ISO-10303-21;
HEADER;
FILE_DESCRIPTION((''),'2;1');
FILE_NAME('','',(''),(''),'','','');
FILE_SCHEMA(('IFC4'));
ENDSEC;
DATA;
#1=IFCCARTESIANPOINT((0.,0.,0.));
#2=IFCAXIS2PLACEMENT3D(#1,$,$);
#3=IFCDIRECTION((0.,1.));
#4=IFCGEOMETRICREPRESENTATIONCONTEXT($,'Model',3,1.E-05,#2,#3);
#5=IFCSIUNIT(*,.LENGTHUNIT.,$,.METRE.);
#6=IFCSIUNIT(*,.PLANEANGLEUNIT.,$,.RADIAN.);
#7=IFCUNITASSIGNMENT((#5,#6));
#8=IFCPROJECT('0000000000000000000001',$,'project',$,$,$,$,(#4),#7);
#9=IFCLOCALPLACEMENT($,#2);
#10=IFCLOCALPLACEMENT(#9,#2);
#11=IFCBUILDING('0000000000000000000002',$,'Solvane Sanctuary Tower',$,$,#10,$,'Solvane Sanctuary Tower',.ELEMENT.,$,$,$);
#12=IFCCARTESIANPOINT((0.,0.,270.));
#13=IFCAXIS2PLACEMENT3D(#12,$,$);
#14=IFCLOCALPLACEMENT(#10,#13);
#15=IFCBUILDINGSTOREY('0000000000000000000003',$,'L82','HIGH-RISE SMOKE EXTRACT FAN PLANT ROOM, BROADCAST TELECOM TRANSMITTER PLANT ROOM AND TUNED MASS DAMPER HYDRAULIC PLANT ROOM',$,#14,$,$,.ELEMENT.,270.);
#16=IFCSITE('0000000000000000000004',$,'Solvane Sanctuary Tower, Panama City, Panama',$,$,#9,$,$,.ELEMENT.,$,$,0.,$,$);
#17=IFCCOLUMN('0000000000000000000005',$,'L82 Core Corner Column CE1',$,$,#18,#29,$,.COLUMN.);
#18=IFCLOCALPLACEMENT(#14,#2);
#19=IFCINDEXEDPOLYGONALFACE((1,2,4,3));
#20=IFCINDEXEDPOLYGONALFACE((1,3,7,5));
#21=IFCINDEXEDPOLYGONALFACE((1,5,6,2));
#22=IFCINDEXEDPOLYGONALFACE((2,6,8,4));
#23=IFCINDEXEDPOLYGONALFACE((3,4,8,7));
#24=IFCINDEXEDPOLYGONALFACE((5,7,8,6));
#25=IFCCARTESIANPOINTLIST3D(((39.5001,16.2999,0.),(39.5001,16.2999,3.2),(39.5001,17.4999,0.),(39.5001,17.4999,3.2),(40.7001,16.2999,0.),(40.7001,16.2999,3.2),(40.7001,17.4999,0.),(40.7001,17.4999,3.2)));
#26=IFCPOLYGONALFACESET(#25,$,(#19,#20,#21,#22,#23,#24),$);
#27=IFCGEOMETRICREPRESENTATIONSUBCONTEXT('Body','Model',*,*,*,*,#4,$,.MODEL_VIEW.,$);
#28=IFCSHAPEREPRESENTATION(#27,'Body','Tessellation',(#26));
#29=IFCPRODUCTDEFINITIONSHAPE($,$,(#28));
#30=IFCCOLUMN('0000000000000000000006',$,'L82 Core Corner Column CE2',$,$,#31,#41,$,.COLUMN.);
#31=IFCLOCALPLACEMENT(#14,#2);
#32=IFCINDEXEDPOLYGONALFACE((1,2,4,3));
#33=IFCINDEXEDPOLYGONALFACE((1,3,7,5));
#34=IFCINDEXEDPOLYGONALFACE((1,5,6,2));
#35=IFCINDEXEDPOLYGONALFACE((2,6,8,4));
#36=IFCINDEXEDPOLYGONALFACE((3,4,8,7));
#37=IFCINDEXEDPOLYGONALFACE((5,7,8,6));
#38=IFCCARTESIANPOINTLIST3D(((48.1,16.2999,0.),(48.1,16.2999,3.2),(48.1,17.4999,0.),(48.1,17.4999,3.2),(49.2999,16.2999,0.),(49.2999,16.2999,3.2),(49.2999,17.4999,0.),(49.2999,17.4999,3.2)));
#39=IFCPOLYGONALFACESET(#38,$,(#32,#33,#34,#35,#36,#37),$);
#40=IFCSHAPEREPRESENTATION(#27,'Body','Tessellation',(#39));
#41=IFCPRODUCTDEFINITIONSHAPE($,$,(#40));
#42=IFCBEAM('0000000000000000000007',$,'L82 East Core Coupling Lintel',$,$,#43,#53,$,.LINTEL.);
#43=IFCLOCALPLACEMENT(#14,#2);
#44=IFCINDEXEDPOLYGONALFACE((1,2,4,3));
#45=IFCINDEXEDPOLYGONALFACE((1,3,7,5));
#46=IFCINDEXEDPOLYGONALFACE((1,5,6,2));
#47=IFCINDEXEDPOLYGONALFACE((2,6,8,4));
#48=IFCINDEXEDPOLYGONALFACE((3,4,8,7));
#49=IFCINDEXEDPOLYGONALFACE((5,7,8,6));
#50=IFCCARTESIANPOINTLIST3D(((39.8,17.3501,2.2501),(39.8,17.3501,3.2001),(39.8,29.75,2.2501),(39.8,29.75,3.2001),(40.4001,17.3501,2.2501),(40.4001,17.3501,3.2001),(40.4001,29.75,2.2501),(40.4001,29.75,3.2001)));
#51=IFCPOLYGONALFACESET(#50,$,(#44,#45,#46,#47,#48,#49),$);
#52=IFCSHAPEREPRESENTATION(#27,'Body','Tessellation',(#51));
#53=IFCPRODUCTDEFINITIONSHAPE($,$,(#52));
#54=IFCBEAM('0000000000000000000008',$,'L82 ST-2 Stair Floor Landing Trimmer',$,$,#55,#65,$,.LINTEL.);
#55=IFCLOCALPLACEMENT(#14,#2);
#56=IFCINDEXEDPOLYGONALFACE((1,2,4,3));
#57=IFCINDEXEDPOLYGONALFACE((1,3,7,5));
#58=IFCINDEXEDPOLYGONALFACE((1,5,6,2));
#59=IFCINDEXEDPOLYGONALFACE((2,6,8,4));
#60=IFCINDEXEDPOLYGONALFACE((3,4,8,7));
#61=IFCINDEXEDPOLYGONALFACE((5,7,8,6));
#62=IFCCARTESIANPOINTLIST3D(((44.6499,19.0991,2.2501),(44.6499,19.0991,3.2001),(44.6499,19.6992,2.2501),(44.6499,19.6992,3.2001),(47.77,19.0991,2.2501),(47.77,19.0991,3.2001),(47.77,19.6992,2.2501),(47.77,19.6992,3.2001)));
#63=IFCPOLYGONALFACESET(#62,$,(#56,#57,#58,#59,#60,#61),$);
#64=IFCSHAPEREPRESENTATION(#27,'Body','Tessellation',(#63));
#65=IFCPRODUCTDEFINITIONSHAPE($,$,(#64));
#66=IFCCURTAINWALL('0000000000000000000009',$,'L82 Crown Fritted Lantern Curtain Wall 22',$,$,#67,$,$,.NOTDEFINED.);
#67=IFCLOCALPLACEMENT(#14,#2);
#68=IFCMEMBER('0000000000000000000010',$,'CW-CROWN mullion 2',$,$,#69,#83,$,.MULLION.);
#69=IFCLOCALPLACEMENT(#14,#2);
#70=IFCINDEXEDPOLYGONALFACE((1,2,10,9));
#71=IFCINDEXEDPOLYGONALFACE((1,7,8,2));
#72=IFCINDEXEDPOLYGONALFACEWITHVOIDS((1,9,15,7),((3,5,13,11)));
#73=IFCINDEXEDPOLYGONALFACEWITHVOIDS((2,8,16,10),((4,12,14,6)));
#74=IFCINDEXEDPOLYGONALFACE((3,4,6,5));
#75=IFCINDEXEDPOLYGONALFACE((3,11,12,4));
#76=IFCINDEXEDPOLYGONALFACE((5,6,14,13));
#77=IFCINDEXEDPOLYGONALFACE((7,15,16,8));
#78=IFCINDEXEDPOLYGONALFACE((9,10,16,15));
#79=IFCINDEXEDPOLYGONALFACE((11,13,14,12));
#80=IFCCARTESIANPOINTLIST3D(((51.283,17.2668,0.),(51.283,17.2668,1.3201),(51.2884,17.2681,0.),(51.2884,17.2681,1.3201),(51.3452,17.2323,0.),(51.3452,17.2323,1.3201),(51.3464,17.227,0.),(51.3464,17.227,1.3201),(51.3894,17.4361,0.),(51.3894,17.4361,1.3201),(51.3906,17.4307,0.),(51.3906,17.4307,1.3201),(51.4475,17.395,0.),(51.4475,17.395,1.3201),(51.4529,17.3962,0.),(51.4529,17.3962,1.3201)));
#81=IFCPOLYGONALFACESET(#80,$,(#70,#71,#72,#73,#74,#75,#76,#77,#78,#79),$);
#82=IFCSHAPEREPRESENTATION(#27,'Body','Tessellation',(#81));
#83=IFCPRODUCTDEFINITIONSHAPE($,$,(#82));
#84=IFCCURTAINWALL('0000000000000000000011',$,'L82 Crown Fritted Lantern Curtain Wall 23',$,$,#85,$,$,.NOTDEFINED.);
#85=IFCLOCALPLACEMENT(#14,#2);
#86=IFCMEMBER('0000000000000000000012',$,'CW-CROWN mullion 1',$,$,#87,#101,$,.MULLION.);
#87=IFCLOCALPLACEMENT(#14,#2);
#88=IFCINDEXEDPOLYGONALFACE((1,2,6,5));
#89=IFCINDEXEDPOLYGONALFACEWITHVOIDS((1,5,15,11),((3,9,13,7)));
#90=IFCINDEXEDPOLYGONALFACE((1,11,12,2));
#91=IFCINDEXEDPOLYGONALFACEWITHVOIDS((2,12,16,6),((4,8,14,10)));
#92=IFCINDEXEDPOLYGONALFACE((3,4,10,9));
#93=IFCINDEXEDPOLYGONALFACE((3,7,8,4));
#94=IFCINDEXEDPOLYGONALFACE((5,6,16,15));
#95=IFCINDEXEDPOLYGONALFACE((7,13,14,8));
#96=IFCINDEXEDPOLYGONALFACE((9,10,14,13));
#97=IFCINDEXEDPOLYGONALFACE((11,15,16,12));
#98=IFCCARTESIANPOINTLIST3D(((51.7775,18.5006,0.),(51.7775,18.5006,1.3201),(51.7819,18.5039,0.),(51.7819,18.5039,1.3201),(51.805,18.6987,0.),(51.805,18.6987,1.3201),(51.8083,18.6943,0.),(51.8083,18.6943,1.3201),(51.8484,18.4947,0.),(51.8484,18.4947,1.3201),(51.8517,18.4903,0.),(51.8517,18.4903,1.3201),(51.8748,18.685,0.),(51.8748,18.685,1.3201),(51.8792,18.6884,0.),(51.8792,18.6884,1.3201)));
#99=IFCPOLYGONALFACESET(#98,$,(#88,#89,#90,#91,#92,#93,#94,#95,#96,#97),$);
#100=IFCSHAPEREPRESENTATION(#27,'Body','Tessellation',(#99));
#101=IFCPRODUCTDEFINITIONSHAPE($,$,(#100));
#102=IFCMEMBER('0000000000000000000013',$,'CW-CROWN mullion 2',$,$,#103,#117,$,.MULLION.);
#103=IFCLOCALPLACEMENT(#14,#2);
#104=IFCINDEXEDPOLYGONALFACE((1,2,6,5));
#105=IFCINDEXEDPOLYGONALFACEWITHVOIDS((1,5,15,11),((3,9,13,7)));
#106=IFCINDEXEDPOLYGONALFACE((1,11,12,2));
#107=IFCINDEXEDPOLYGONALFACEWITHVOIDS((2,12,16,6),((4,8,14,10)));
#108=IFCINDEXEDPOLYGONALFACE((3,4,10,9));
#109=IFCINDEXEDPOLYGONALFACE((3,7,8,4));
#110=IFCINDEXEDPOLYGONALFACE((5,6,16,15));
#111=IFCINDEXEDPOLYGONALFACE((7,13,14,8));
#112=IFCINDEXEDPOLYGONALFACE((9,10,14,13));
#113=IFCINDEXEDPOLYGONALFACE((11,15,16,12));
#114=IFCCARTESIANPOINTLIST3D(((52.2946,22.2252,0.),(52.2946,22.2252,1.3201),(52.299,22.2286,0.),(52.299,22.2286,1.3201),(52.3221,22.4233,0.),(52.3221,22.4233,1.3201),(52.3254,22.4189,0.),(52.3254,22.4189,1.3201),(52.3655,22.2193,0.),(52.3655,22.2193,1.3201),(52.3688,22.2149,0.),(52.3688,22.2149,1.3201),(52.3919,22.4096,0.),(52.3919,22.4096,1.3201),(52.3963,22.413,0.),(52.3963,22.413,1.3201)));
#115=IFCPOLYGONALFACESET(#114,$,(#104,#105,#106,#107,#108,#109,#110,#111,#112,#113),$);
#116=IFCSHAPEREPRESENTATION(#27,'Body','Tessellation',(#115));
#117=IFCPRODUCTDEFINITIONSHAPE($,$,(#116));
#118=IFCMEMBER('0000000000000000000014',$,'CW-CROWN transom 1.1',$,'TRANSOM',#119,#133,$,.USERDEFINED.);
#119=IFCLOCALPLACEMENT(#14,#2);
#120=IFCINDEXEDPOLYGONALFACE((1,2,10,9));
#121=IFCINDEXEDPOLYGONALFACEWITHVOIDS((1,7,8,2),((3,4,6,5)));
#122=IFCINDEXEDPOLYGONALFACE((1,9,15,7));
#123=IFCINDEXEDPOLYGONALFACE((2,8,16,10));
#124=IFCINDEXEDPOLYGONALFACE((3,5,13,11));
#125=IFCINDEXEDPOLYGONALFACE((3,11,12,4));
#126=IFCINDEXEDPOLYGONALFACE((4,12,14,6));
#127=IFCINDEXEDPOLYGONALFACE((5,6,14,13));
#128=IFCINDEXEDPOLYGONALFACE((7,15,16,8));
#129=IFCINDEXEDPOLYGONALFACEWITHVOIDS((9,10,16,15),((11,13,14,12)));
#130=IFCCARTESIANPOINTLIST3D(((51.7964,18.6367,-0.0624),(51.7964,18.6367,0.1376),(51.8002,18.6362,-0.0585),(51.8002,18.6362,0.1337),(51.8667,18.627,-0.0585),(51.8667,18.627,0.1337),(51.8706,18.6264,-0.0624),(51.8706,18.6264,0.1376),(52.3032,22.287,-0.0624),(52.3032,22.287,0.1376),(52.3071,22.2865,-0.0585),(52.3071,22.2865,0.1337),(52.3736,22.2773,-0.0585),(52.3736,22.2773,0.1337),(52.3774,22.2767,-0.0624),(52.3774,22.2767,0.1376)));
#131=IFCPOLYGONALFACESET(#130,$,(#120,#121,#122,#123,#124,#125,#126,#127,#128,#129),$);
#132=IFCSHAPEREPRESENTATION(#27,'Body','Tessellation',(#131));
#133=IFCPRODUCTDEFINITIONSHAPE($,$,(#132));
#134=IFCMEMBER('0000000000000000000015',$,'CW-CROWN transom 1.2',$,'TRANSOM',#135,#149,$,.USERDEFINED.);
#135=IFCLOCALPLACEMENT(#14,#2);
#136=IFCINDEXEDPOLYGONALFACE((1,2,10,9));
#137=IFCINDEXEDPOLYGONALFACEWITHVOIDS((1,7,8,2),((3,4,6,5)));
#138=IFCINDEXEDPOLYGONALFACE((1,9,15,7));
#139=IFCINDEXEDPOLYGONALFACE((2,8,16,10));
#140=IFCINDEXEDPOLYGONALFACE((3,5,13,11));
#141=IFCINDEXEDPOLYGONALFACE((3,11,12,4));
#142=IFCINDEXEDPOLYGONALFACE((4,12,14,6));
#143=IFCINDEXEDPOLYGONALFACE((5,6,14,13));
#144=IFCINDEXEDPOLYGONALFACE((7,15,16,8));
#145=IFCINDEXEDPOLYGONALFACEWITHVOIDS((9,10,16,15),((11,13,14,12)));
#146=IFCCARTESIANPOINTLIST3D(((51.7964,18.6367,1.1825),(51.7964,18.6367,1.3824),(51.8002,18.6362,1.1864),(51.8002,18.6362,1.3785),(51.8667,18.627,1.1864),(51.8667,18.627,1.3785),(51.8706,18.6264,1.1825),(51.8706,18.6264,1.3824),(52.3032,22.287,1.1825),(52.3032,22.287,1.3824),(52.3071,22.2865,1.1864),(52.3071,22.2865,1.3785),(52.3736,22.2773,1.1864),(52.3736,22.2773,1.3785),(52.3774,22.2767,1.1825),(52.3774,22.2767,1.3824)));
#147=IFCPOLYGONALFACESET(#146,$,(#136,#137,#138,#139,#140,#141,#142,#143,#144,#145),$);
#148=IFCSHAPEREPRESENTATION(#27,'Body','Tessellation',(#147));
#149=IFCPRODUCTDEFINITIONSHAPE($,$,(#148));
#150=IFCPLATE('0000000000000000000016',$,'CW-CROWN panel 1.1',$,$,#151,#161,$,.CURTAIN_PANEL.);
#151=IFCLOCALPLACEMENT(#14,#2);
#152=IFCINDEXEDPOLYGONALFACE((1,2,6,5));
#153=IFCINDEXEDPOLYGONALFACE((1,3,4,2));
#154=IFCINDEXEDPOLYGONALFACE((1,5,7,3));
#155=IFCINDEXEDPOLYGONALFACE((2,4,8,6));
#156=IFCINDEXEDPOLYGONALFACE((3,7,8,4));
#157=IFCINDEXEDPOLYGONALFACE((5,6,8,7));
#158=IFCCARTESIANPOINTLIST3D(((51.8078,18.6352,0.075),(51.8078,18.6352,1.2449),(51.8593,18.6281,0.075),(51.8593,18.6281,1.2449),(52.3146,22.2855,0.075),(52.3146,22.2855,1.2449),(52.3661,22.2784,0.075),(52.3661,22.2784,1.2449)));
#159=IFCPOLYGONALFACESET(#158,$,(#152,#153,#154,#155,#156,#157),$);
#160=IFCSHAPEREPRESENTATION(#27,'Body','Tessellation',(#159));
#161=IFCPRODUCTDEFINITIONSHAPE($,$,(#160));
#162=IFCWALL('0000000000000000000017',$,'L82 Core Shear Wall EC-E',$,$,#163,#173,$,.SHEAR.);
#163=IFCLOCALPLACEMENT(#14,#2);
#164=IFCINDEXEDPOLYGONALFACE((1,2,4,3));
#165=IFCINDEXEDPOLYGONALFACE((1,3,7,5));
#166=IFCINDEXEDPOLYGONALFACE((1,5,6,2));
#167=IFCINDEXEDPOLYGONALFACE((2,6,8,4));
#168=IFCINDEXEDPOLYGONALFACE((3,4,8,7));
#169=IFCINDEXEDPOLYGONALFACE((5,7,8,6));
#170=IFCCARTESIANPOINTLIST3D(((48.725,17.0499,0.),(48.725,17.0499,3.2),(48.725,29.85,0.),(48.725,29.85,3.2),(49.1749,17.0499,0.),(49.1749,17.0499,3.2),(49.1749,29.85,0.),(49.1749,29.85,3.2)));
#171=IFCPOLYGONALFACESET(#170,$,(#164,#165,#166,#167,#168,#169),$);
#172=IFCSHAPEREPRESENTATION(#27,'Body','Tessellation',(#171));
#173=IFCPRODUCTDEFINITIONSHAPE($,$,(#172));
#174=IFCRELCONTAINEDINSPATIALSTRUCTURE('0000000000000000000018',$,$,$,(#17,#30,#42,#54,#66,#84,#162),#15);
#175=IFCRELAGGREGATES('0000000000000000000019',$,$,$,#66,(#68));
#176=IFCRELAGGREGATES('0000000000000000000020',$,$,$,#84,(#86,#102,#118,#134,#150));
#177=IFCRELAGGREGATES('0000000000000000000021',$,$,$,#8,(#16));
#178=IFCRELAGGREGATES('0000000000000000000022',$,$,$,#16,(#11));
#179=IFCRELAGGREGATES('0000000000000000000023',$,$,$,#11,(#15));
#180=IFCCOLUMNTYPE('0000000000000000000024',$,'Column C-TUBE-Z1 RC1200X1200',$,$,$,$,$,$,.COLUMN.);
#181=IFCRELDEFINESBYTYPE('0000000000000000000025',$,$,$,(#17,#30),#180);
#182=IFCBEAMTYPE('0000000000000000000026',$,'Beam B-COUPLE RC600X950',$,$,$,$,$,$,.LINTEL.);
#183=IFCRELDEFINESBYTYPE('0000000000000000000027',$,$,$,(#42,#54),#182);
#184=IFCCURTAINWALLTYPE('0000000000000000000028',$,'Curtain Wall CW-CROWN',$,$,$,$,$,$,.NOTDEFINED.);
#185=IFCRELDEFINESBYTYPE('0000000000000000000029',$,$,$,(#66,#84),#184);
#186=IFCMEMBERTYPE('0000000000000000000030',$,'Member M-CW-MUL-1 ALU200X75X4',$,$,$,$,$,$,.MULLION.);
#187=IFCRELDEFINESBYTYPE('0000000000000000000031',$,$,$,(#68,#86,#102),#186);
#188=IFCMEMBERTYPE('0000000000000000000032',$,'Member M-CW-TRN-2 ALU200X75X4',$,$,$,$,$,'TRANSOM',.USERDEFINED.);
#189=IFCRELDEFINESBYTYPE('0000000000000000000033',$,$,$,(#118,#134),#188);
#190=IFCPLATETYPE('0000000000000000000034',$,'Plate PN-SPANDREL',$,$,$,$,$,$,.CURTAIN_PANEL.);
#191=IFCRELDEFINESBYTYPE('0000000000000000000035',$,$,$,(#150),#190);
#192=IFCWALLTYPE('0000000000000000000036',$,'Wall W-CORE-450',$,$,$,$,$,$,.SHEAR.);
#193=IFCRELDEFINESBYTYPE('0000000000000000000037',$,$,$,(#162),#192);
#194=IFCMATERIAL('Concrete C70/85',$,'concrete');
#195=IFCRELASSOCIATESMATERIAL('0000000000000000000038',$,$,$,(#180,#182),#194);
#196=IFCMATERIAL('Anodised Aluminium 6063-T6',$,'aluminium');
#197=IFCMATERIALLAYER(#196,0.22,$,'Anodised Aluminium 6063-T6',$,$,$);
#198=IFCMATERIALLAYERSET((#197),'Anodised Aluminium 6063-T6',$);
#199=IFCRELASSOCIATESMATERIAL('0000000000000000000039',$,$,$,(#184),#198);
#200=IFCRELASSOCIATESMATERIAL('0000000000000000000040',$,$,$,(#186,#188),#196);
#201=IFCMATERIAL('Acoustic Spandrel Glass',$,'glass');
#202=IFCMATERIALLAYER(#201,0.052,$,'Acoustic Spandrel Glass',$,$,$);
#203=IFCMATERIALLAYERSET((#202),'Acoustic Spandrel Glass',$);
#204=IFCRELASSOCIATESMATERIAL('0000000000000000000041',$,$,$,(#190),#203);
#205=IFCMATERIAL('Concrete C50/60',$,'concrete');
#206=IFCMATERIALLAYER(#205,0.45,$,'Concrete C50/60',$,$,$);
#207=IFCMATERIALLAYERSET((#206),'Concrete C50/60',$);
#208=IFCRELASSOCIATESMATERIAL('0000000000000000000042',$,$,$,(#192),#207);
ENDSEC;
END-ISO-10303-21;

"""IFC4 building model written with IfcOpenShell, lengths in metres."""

from ifc_helpers import new_model, si_unit, direction, frame, frame_2d, origin, origin_2d, place, context, subcontext, project, spatial, rectangle, hollow_rectangle, extrude, material, layer, layer_set, material_profile, profile_set, type_object, element, aggregate, save


model = new_model("IFC4")

# Units and contexts
model_context = context("Model", 3, precision=1e-05, world=origin(), true_north=direction((0.0, 1.0)))
body_context = subcontext(model_context, "Body", "Model", "MODEL_VIEW")
ifc_project = project(units=[si_unit("LENGTHUNIT", "METRE"), si_unit("PLANEANGLEUNIT", "RADIAN")], contexts=[model_context])

# Site, building, storey
site_placement = place(None, origin())
site = spatial("IfcSite", under=ifc_project, at=site_placement, Name="Solvane Sanctuary Tower, Panama City, Panama", CompositionType="ELEMENT", RefElevation=0.0)
building_placement = place(site_placement, origin())
building = spatial("IfcBuilding", under=site, at=building_placement, Name="Solvane Sanctuary Tower", LongName="Solvane Sanctuary Tower", CompositionType="ELEMENT")
storey_placement = place(building_placement, frame((0.0, 0.0, 270.0)))
storey = spatial("IfcBuildingStorey", under=building, at=storey_placement, Name="L82", Description="HIGH-RISE SMOKE EXTRACT FAN PLANT ROOM, BROADCAST TELECOM TRANSMITTER PLANT ROOM AND TUNED MASS DAMPER HYDRAULIC PLANT ROOM", CompositionType="ELEMENT", Elevation=270.0)

# Columns
ifc_material_1 = material(Name="Concrete C70/85", Category="concrete")
ifc_material_profile_1 = material_profile(ifc_material_1, rectangle(XDim=1.2, YDim=1.2, at=origin_2d()), Name="RC1200X1200")
ifc_profile_set_1 = profile_set([ifc_material_profile_1], Name="Concrete C70/85")
column_type = type_object("IfcColumnType", Name="Column C-TUBE-Z1 RC1200X1200", PredefinedType="COLUMN", material=ifc_profile_set_1)
for number, where, z_axis, x_axis, name in (
    (1, (40.1001, 16.8999, 0.0), (0.0, 0.0, 1.0), (1.0, 0.0, 0.0), "L82 Core Corner Column CE1"),
    (2, (48.7, 16.8999, 0.0), (0.0, 0.0, 1.0), (1.0, 0.0, 0.0), "L82 Core Corner Column CE2"),
):
    element("IfcColumn", number, at=place(storey_placement, frame(where, z_axis=z_axis, x_axis=x_axis)), inside=storey, type_object=column_type, Name=name, PredefinedType="COLUMN", context=body_context, shape_type="SweptSolid", body=[
        extrude(rectangle(XDim=1.2, YDim=1.2, at=origin_2d()), origin(), (0.0, 0.0, 1.0), 3.2),
    ])

# Beams
ifc_material_profile_2 = material_profile(ifc_material_1, rectangle(XDim=0.6001, YDim=0.95, at=origin_2d()), Name="RC600X950")
ifc_profile_set_2 = profile_set([ifc_material_profile_2], Name="Concrete C70/85")
beam_type = type_object("IfcBeamType", Name="Beam B-COUPLE RC600X950", PredefinedType="LINTEL", material=ifc_profile_set_2)
beam_1_placement = place(storey_placement, frame((40.1001, 17.3501, 2.7251), z_axis=(0.0, 1.0, 0.0), x_axis=(-1.0, 0.0, 0.0)))
element("IfcBeam", 3, at=beam_1_placement, inside=storey, type_object=beam_type, Name="L82 East Core Coupling Lintel", PredefinedType="LINTEL", context=body_context, shape_type="SweptSolid", body=[
    extrude(rectangle(XDim=0.6001, YDim=0.95, at=origin_2d()), origin(), (0.0, 0.0, 1.0), 12.3999),
])
beam_2_placement = place(storey_placement, frame((44.6499, 19.3992, 2.7251), z_axis=(1.0, 0.0, 0.0), x_axis=(0.0, 1.0, 0.0)))
element("IfcBeam", 4, at=beam_2_placement, inside=storey, type_object=beam_type, Name="L82 ST-2 Stair Floor Landing Trimmer", PredefinedType="LINTEL", context=body_context, shape_type="SweptSolid", body=[
    extrude(rectangle(XDim=0.6001, YDim=0.95, at=origin_2d()), origin(), (0.0, 0.0, 1.0), 3.1201),
])

# Curtain wall, member
ifc_material_2 = material(Name="Anodised Aluminium 6063-T6", Category="aluminium")
ifc_layer_1 = layer(ifc_material_2, 0.22, Name="Anodised Aluminium 6063-T6")
ifc_layer_set_1 = layer_set([ifc_layer_1], Name="Anodised Aluminium 6063-T6")
curtain_wall_type = type_object("IfcCurtainWallType", Name="Curtain Wall CW-CROWN", PredefinedType="NOTDEFINED", material=ifc_layer_set_1)
curtain_wall_1_placement = place(storey_placement, origin())
curtain_wall_1 = element("IfcCurtainWall", 5, at=curtain_wall_1_placement, inside=storey, type_object=curtain_wall_type, Name="L82 Crown Fritted Lantern Curtain Wall 22", PredefinedType="NOTDEFINED")
ifc_material_profile_3 = material_profile(ifc_material_2, hollow_rectangle(XDim=0.075, YDim=0.2, WallThickness=0.0039, at=origin_2d()), Name="ALU200X75X4")
ifc_profile_set_3 = profile_set([ifc_material_profile_3], Name="Anodised Aluminium 6063-T6")
member_type_1 = type_object("IfcMemberType", Name="Member M-CW-MUL-1 ALU200X75X4", PredefinedType="MULLION", material=ifc_profile_set_3)
member_1_placement = place(storey_placement, frame((51.3679, 17.3315, 0.0), z_axis=(0.0, 0.0, 1.0), x_axis=(-0.846604, 0.532224, 0.0)))
member_1 = element("IfcMember", 6, at=member_1_placement, type_object=member_type_1, Name="CW-CROWN mullion 2", PredefinedType="MULLION", context=body_context, shape_type="SweptSolid", body=[
    extrude(hollow_rectangle(XDim=0.075, YDim=0.2, WallThickness=0.0039, at=origin_2d()), origin(), (0.0, 0.0, 1.0), 1.3201),
])
aggregate(curtain_wall_1, [member_1])

# Curtain wall, members, plate
curtain_wall_2_placement = place(storey_placement, origin())
curtain_wall_2 = element("IfcCurtainWall", 7, at=curtain_wall_2_placement, inside=storey, type_object=curtain_wall_type, Name="L82 Crown Fritted Lantern Curtain Wall 23", PredefinedType="NOTDEFINED")
member_2_placement = place(storey_placement, frame((51.8284, 18.5945, 0.0), z_axis=(0.0, 0.0, 1.0), x_axis=(-0.9905, 0.137514, 0.0)))
member_2 = element("IfcMember", 8, at=member_2_placement, type_object=member_type_1, Name="CW-CROWN mullion 1", PredefinedType="MULLION", context=body_context, shape_type="SweptSolid", body=[
    extrude(hollow_rectangle(XDim=0.075, YDim=0.2, WallThickness=0.0039, at=origin_2d()), origin(), (0.0, 0.0, 1.0), 1.3201),
])
member_3_placement = place(storey_placement, frame((52.3455, 22.3191, 0.0), z_axis=(0.0, 0.0, 1.0), x_axis=(-0.9905, 0.137514, 0.0)))
member_3 = element("IfcMember", 9, at=member_3_placement, type_object=member_type_1, Name="CW-CROWN mullion 2", PredefinedType="MULLION", context=body_context, shape_type="SweptSolid", body=[
    extrude(hollow_rectangle(XDim=0.075, YDim=0.2, WallThickness=0.0039, at=origin_2d()), origin(), (0.0, 0.0, 1.0), 1.3201),
])
ifc_material_profile_4 = material_profile(ifc_material_2, hollow_rectangle(XDim=0.075, YDim=0.2, WallThickness=0.0039, at=origin_2d()), Name="ALU200X75X4")
ifc_profile_set_4 = profile_set([ifc_material_profile_4], Name="Anodised Aluminium 6063-T6")
member_type_2 = type_object("IfcMemberType", Name="Member M-CW-TRN-2 ALU200X75X4", ElementType="TRANSOM", PredefinedType="USERDEFINED", material=ifc_profile_set_4)
member_4_placement = place(storey_placement, frame((51.8335, 18.6316, 0.0376), z_axis=(0.137525, 0.990498, 0.0), x_axis=(-0.990498, 0.137525, 0.0)))
member_4 = element("IfcMember", 10, at=member_4_placement, type_object=member_type_2, Name="CW-CROWN transom 1.1", ObjectType="TRANSOM", PredefinedType="USERDEFINED", context=body_context, shape_type="SweptSolid", body=[
    extrude(hollow_rectangle(XDim=0.075, YDim=0.2, WallThickness=0.0039, at=origin_2d()), origin(), (0.0, 0.0, 1.0), 3.6853),
])
member_5_placement = place(storey_placement, frame((51.8335, 18.6316, 1.2825), z_axis=(0.137525, 0.990498, 0.0), x_axis=(-0.990498, 0.137525, 0.0)))
member_5 = element("IfcMember", 11, at=member_5_placement, type_object=member_type_2, Name="CW-CROWN transom 1.2", ObjectType="TRANSOM", PredefinedType="USERDEFINED", context=body_context, shape_type="SweptSolid", body=[
    extrude(hollow_rectangle(XDim=0.075, YDim=0.2, WallThickness=0.0039, at=origin_2d()), origin(), (0.0, 0.0, 1.0), 3.6853),
])
ifc_material_3 = material(Name="Acoustic Spandrel Glass", Category="glass")
ifc_layer_2 = layer(ifc_material_3, 0.052, Name="Acoustic Spandrel Glass")
ifc_layer_set_2 = layer_set([ifc_layer_2], Name="Acoustic Spandrel Glass")
plate_type = type_object("IfcPlateType", Name="Plate PN-SPANDREL", PredefinedType="CURTAIN_PANEL", material=ifc_layer_set_2)
plate_placement = place(storey_placement, frame((52.0869, 20.4568, 0.075), z_axis=(0.0, 0.0, 1.0), x_axis=(0.137514, 0.9905, 0.0)))
plate = element("IfcPlate", 12, at=plate_placement, type_object=plate_type, Name="CW-CROWN panel 1.1", PredefinedType="CURTAIN_PANEL", context=body_context, shape_type="SweptSolid", body=[
    extrude(rectangle(XDim=3.6853, YDim=0.052, at=origin_2d()), origin(), (0.0, 0.0, 1.0), 1.1699),
])
aggregate(curtain_wall_2, [member_2, member_3, member_4, member_5, plate])

# Wall
ifc_material_4 = material(Name="Concrete C50/60", Category="concrete")
ifc_layer_3 = layer(ifc_material_4, 0.45, Name="Concrete C50/60")
ifc_layer_set_3 = layer_set([ifc_layer_3], Name="Concrete C50/60")
wall_type_1 = type_object("IfcWallType", Name="Wall W-CORE-450", PredefinedType="SHEAR", material=ifc_layer_set_3)
wall_1_placement = place(storey_placement, frame((48.95, 17.05, 0.0), z_axis=(0.0, 0.0, 1.0), x_axis=(0.0, 1.0, 0.0)))
element("IfcWall", 13, at=wall_1_placement, inside=storey, type_object=wall_type_1, Name="L82 Core Shear Wall EC-E", PredefinedType="SHEAR", context=body_context, shape_type="SweptSolid", body=[
    extrude(rectangle(XDim=12.8, YDim=0.45, at=frame_2d((6.3999, 0.0))), origin(), (0.0, 0.0, 1.0), 3.2),
])

save(model, "model.ifc")
